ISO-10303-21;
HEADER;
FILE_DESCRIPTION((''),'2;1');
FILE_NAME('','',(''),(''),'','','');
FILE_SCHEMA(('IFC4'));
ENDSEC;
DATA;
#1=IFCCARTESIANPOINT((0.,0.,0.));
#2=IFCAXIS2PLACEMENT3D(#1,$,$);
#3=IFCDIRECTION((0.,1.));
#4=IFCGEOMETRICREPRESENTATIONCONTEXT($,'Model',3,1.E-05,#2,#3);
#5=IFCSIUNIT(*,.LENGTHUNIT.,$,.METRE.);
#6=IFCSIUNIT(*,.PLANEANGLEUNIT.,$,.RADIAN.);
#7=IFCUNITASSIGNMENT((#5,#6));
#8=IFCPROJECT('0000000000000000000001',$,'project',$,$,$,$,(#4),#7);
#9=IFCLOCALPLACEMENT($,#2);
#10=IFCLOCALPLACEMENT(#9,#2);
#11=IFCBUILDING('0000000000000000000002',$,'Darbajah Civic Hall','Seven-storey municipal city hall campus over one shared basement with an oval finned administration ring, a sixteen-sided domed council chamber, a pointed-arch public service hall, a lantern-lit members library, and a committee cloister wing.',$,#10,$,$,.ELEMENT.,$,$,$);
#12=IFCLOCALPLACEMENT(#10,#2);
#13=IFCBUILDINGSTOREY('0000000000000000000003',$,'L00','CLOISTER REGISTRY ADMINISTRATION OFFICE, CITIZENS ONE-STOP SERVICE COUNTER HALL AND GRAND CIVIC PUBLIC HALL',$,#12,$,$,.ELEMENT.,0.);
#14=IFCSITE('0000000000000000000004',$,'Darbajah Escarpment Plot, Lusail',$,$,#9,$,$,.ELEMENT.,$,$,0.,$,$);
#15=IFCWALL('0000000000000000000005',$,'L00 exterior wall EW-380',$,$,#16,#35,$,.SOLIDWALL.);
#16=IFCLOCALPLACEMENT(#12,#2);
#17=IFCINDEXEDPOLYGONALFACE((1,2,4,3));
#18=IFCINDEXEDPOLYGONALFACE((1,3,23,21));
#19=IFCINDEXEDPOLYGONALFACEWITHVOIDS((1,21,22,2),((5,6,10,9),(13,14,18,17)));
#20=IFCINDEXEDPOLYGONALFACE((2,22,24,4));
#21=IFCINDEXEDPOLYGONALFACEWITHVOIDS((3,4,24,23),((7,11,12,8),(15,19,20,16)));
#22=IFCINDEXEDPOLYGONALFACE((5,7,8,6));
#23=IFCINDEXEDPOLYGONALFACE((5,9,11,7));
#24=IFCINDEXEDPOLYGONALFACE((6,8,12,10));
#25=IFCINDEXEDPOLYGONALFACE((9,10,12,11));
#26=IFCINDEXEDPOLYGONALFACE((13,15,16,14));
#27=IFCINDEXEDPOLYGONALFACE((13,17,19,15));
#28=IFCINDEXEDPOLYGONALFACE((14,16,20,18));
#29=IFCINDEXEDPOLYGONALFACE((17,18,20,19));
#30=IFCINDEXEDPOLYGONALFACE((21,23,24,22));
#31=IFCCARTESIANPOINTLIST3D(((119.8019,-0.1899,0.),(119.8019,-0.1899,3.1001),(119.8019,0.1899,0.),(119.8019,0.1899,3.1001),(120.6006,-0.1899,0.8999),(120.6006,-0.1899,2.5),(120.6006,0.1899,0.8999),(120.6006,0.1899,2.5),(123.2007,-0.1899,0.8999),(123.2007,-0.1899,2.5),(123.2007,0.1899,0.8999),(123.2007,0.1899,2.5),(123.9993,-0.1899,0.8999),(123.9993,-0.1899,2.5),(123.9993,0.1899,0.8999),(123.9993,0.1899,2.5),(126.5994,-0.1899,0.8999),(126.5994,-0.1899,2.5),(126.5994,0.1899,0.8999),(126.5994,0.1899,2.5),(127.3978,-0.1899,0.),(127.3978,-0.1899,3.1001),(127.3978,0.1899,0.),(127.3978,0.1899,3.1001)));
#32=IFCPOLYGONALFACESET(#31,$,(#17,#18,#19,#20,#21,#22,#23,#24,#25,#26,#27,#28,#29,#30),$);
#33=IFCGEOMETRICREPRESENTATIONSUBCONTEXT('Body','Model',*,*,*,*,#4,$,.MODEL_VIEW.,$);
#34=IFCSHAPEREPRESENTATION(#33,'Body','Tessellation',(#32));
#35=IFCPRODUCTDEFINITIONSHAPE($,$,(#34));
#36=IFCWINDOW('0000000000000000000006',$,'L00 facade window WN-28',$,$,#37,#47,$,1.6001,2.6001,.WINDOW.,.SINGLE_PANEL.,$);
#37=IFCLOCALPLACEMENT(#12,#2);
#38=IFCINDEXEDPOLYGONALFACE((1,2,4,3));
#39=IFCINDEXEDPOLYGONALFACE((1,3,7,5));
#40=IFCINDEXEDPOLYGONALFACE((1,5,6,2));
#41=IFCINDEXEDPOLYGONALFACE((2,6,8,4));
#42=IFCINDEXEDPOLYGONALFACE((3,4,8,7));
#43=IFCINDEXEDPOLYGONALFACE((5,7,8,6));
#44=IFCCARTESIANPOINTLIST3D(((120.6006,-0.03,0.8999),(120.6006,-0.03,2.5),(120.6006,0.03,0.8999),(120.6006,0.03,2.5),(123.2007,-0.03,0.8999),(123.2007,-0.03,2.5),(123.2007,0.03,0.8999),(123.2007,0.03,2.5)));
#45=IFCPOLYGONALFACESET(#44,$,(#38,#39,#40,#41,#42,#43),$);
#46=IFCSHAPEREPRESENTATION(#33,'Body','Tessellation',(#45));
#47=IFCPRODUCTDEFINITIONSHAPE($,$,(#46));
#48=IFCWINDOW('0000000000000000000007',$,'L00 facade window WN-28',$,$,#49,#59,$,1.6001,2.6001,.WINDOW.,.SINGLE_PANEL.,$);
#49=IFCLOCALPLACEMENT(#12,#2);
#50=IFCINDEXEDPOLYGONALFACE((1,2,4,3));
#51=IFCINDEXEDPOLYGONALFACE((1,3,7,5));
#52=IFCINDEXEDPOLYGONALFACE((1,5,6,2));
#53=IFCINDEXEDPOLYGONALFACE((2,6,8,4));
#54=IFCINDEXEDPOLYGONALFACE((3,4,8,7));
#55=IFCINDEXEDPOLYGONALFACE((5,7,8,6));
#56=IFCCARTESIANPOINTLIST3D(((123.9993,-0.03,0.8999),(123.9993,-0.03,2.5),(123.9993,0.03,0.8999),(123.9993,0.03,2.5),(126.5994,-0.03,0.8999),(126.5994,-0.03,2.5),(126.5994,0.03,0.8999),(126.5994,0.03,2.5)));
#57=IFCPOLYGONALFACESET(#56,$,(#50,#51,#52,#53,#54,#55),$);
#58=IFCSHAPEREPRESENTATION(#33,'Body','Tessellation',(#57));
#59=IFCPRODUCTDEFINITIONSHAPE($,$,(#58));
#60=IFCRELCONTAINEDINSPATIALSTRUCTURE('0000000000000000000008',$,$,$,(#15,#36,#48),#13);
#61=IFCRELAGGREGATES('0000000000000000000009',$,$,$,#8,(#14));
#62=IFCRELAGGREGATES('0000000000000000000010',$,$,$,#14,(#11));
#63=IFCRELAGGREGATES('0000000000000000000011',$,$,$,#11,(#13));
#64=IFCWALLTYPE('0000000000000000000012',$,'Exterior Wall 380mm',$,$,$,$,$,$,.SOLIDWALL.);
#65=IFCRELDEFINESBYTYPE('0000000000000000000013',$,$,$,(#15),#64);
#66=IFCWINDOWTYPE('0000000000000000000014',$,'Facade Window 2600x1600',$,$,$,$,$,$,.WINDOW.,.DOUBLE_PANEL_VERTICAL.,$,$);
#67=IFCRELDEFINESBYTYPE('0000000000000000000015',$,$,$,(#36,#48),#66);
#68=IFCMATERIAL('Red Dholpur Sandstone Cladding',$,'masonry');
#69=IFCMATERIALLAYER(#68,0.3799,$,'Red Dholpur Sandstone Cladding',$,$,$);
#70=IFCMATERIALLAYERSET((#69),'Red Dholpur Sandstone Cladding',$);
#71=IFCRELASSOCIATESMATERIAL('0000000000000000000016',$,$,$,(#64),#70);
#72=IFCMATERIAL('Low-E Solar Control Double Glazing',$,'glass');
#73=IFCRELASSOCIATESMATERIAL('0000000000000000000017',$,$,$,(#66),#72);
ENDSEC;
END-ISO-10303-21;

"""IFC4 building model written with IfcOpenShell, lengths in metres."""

from ifc_helpers import new_model, si_unit, direction, frame, frame_2d, origin, place, context, subcontext, project, spatial, rectangle, extrude, material, layer, layer_set, type_object, element, fill, save


model = new_model("IFC4")

# Units and contexts
model_context = context("Model", 3, precision=1e-05, world=origin(), true_north=direction((0.0, 1.0)))
body_context = subcontext(model_context, "Body", "Model", "MODEL_VIEW")
ifc_project = project(units=[si_unit("LENGTHUNIT", "METRE"), si_unit("PLANEANGLEUNIT", "RADIAN")], contexts=[model_context])

# Site, building, storey
site_placement = place(None, origin())
site = spatial("IfcSite", under=ifc_project, at=site_placement, Name="Darbajah Escarpment Plot, Lusail", CompositionType="ELEMENT", RefElevation=0.0)
building_placement = place(site_placement, origin())
building = spatial("IfcBuilding", under=site, at=building_placement, Name="Darbajah Civic Hall", Description="Seven-storey municipal city hall campus over one shared basement with an oval finned administration ring, a sixteen-sided domed council chamber, a pointed-arch public service hall, a lantern-lit members library, and a committee cloister wing.", CompositionType="ELEMENT")
storey_placement = place(building_placement, origin())
storey = spatial("IfcBuildingStorey", under=building, at=storey_placement, Name="L00", Description="CLOISTER REGISTRY ADMINISTRATION OFFICE, CITIZENS ONE-STOP SERVICE COUNTER HALL AND GRAND CIVIC PUBLIC HALL", CompositionType="ELEMENT", Elevation=0.0)

# Wall, openings, windows
ifc_material_1 = material(Name="Red Dholpur Sandstone Cladding", Category="masonry")
ifc_layer_1 = layer(ifc_material_1, 0.3799, Name="Red Dholpur Sandstone Cladding")
ifc_layer_set_1 = layer_set([ifc_layer_1], Name="Red Dholpur Sandstone Cladding")
wall_type = type_object("IfcWallType", Name="Exterior Wall 380mm", PredefinedType="SOLIDWALL", material=ifc_layer_set_1)
ifc_material_2 = material(Name="Low-E Solar Control Double Glazing", Category="glass")
wall_1_placement = place(storey_placement, frame((119.802, 0.0, 0.0), z_axis=(0.0, 0.0, 1.0), x_axis=(1.0, 0.0, 0.0)))
wall_1 = element("IfcWall", 1, at=wall_1_placement, inside=storey, type_object=wall_type, Name="L00 exterior wall EW-380", PredefinedType="SOLIDWALL", context=body_context, shape_type="SweptSolid", body=[
    extrude(rectangle(XDim=7.5959, YDim=0.3799, at=frame_2d((3.7979, 0.0))), origin(), (0.0, 0.0, 1.0), 3.1001),
])
opening_1_placement = place(wall_1_placement, frame((0.7986, 0.0, 0.8999)))
opening_1 = element("IfcOpeningElement", 2, at=opening_1_placement, cuts=wall_1, PredefinedType="OPENING", context=body_context, shape_type="SweptSolid", body=[
    extrude(rectangle(XDim=2.6001, YDim=1.6001, at=frame_2d((1.3, 0.8))), frame((0.0, 0.2, 0.0), z_axis=(0.0, -1.0, 0.0), x_axis=(1.0, 0.0, 0.0)), (0.0, 0.0, 1.0), 0.3999),
])
opening_2_placement = place(wall_1_placement, frame((4.1973, 0.0, 0.8999)))
opening_2 = element("IfcOpeningElement", 3, at=opening_2_placement, cuts=wall_1, PredefinedType="OPENING", context=body_context, shape_type="SweptSolid", body=[
    extrude(rectangle(XDim=2.6001, YDim=1.6001, at=frame_2d((1.3, 0.8))), frame((0.0, 0.2, 0.0), z_axis=(0.0, -1.0, 0.0), x_axis=(1.0, 0.0, 0.0)), (0.0, 0.0, 1.0), 0.3999),
])
window_type_1 = type_object("IfcWindowType", Name="Facade Window 2600x1600", PartitioningType="DOUBLE_PANEL_VERTICAL", PredefinedType="WINDOW", material=ifc_material_2)
window_1_placement = place(opening_1_placement, origin())
window_1 = element("IfcWindow", 4, at=window_1_placement, inside=storey, type_object=window_type_1, Name="L00 facade window WN-28", OverallHeight=1.6001, OverallWidth=2.6001, PartitioningType="SINGLE_PANEL", PredefinedType="WINDOW", context=body_context, shape_type="SweptSolid", body=[
    extrude(rectangle(XDim=2.6001, YDim=1.6001, at=frame_2d((1.3, 0.8))), frame((0.0, 0.03, 0.0), z_axis=(0.0, -1.0, 0.0), x_axis=(1.0, 0.0, 0.0)), (0.0, 0.0, 1.0), 0.0601),
])
fill(opening_1, window_1)
window_2_placement = place(opening_2_placement, origin())
window_2 = element("IfcWindow", 5, at=window_2_placement, inside=storey, type_object=window_type_1, Name="L00 facade window WN-28", OverallHeight=1.6001, OverallWidth=2.6001, PartitioningType="SINGLE_PANEL", PredefinedType="WINDOW", context=body_context, shape_type="SweptSolid", body=[
    extrude(rectangle(XDim=2.6001, YDim=1.6001, at=frame_2d((1.3, 0.8))), frame((0.0, 0.03, 0.0), z_axis=(0.0, -1.0, 0.0), x_axis=(1.0, 0.0, 0.0)), (0.0, 0.0, 1.0), 0.0601),
])
fill(opening_2, window_2)

save(model, "model.ifc")
